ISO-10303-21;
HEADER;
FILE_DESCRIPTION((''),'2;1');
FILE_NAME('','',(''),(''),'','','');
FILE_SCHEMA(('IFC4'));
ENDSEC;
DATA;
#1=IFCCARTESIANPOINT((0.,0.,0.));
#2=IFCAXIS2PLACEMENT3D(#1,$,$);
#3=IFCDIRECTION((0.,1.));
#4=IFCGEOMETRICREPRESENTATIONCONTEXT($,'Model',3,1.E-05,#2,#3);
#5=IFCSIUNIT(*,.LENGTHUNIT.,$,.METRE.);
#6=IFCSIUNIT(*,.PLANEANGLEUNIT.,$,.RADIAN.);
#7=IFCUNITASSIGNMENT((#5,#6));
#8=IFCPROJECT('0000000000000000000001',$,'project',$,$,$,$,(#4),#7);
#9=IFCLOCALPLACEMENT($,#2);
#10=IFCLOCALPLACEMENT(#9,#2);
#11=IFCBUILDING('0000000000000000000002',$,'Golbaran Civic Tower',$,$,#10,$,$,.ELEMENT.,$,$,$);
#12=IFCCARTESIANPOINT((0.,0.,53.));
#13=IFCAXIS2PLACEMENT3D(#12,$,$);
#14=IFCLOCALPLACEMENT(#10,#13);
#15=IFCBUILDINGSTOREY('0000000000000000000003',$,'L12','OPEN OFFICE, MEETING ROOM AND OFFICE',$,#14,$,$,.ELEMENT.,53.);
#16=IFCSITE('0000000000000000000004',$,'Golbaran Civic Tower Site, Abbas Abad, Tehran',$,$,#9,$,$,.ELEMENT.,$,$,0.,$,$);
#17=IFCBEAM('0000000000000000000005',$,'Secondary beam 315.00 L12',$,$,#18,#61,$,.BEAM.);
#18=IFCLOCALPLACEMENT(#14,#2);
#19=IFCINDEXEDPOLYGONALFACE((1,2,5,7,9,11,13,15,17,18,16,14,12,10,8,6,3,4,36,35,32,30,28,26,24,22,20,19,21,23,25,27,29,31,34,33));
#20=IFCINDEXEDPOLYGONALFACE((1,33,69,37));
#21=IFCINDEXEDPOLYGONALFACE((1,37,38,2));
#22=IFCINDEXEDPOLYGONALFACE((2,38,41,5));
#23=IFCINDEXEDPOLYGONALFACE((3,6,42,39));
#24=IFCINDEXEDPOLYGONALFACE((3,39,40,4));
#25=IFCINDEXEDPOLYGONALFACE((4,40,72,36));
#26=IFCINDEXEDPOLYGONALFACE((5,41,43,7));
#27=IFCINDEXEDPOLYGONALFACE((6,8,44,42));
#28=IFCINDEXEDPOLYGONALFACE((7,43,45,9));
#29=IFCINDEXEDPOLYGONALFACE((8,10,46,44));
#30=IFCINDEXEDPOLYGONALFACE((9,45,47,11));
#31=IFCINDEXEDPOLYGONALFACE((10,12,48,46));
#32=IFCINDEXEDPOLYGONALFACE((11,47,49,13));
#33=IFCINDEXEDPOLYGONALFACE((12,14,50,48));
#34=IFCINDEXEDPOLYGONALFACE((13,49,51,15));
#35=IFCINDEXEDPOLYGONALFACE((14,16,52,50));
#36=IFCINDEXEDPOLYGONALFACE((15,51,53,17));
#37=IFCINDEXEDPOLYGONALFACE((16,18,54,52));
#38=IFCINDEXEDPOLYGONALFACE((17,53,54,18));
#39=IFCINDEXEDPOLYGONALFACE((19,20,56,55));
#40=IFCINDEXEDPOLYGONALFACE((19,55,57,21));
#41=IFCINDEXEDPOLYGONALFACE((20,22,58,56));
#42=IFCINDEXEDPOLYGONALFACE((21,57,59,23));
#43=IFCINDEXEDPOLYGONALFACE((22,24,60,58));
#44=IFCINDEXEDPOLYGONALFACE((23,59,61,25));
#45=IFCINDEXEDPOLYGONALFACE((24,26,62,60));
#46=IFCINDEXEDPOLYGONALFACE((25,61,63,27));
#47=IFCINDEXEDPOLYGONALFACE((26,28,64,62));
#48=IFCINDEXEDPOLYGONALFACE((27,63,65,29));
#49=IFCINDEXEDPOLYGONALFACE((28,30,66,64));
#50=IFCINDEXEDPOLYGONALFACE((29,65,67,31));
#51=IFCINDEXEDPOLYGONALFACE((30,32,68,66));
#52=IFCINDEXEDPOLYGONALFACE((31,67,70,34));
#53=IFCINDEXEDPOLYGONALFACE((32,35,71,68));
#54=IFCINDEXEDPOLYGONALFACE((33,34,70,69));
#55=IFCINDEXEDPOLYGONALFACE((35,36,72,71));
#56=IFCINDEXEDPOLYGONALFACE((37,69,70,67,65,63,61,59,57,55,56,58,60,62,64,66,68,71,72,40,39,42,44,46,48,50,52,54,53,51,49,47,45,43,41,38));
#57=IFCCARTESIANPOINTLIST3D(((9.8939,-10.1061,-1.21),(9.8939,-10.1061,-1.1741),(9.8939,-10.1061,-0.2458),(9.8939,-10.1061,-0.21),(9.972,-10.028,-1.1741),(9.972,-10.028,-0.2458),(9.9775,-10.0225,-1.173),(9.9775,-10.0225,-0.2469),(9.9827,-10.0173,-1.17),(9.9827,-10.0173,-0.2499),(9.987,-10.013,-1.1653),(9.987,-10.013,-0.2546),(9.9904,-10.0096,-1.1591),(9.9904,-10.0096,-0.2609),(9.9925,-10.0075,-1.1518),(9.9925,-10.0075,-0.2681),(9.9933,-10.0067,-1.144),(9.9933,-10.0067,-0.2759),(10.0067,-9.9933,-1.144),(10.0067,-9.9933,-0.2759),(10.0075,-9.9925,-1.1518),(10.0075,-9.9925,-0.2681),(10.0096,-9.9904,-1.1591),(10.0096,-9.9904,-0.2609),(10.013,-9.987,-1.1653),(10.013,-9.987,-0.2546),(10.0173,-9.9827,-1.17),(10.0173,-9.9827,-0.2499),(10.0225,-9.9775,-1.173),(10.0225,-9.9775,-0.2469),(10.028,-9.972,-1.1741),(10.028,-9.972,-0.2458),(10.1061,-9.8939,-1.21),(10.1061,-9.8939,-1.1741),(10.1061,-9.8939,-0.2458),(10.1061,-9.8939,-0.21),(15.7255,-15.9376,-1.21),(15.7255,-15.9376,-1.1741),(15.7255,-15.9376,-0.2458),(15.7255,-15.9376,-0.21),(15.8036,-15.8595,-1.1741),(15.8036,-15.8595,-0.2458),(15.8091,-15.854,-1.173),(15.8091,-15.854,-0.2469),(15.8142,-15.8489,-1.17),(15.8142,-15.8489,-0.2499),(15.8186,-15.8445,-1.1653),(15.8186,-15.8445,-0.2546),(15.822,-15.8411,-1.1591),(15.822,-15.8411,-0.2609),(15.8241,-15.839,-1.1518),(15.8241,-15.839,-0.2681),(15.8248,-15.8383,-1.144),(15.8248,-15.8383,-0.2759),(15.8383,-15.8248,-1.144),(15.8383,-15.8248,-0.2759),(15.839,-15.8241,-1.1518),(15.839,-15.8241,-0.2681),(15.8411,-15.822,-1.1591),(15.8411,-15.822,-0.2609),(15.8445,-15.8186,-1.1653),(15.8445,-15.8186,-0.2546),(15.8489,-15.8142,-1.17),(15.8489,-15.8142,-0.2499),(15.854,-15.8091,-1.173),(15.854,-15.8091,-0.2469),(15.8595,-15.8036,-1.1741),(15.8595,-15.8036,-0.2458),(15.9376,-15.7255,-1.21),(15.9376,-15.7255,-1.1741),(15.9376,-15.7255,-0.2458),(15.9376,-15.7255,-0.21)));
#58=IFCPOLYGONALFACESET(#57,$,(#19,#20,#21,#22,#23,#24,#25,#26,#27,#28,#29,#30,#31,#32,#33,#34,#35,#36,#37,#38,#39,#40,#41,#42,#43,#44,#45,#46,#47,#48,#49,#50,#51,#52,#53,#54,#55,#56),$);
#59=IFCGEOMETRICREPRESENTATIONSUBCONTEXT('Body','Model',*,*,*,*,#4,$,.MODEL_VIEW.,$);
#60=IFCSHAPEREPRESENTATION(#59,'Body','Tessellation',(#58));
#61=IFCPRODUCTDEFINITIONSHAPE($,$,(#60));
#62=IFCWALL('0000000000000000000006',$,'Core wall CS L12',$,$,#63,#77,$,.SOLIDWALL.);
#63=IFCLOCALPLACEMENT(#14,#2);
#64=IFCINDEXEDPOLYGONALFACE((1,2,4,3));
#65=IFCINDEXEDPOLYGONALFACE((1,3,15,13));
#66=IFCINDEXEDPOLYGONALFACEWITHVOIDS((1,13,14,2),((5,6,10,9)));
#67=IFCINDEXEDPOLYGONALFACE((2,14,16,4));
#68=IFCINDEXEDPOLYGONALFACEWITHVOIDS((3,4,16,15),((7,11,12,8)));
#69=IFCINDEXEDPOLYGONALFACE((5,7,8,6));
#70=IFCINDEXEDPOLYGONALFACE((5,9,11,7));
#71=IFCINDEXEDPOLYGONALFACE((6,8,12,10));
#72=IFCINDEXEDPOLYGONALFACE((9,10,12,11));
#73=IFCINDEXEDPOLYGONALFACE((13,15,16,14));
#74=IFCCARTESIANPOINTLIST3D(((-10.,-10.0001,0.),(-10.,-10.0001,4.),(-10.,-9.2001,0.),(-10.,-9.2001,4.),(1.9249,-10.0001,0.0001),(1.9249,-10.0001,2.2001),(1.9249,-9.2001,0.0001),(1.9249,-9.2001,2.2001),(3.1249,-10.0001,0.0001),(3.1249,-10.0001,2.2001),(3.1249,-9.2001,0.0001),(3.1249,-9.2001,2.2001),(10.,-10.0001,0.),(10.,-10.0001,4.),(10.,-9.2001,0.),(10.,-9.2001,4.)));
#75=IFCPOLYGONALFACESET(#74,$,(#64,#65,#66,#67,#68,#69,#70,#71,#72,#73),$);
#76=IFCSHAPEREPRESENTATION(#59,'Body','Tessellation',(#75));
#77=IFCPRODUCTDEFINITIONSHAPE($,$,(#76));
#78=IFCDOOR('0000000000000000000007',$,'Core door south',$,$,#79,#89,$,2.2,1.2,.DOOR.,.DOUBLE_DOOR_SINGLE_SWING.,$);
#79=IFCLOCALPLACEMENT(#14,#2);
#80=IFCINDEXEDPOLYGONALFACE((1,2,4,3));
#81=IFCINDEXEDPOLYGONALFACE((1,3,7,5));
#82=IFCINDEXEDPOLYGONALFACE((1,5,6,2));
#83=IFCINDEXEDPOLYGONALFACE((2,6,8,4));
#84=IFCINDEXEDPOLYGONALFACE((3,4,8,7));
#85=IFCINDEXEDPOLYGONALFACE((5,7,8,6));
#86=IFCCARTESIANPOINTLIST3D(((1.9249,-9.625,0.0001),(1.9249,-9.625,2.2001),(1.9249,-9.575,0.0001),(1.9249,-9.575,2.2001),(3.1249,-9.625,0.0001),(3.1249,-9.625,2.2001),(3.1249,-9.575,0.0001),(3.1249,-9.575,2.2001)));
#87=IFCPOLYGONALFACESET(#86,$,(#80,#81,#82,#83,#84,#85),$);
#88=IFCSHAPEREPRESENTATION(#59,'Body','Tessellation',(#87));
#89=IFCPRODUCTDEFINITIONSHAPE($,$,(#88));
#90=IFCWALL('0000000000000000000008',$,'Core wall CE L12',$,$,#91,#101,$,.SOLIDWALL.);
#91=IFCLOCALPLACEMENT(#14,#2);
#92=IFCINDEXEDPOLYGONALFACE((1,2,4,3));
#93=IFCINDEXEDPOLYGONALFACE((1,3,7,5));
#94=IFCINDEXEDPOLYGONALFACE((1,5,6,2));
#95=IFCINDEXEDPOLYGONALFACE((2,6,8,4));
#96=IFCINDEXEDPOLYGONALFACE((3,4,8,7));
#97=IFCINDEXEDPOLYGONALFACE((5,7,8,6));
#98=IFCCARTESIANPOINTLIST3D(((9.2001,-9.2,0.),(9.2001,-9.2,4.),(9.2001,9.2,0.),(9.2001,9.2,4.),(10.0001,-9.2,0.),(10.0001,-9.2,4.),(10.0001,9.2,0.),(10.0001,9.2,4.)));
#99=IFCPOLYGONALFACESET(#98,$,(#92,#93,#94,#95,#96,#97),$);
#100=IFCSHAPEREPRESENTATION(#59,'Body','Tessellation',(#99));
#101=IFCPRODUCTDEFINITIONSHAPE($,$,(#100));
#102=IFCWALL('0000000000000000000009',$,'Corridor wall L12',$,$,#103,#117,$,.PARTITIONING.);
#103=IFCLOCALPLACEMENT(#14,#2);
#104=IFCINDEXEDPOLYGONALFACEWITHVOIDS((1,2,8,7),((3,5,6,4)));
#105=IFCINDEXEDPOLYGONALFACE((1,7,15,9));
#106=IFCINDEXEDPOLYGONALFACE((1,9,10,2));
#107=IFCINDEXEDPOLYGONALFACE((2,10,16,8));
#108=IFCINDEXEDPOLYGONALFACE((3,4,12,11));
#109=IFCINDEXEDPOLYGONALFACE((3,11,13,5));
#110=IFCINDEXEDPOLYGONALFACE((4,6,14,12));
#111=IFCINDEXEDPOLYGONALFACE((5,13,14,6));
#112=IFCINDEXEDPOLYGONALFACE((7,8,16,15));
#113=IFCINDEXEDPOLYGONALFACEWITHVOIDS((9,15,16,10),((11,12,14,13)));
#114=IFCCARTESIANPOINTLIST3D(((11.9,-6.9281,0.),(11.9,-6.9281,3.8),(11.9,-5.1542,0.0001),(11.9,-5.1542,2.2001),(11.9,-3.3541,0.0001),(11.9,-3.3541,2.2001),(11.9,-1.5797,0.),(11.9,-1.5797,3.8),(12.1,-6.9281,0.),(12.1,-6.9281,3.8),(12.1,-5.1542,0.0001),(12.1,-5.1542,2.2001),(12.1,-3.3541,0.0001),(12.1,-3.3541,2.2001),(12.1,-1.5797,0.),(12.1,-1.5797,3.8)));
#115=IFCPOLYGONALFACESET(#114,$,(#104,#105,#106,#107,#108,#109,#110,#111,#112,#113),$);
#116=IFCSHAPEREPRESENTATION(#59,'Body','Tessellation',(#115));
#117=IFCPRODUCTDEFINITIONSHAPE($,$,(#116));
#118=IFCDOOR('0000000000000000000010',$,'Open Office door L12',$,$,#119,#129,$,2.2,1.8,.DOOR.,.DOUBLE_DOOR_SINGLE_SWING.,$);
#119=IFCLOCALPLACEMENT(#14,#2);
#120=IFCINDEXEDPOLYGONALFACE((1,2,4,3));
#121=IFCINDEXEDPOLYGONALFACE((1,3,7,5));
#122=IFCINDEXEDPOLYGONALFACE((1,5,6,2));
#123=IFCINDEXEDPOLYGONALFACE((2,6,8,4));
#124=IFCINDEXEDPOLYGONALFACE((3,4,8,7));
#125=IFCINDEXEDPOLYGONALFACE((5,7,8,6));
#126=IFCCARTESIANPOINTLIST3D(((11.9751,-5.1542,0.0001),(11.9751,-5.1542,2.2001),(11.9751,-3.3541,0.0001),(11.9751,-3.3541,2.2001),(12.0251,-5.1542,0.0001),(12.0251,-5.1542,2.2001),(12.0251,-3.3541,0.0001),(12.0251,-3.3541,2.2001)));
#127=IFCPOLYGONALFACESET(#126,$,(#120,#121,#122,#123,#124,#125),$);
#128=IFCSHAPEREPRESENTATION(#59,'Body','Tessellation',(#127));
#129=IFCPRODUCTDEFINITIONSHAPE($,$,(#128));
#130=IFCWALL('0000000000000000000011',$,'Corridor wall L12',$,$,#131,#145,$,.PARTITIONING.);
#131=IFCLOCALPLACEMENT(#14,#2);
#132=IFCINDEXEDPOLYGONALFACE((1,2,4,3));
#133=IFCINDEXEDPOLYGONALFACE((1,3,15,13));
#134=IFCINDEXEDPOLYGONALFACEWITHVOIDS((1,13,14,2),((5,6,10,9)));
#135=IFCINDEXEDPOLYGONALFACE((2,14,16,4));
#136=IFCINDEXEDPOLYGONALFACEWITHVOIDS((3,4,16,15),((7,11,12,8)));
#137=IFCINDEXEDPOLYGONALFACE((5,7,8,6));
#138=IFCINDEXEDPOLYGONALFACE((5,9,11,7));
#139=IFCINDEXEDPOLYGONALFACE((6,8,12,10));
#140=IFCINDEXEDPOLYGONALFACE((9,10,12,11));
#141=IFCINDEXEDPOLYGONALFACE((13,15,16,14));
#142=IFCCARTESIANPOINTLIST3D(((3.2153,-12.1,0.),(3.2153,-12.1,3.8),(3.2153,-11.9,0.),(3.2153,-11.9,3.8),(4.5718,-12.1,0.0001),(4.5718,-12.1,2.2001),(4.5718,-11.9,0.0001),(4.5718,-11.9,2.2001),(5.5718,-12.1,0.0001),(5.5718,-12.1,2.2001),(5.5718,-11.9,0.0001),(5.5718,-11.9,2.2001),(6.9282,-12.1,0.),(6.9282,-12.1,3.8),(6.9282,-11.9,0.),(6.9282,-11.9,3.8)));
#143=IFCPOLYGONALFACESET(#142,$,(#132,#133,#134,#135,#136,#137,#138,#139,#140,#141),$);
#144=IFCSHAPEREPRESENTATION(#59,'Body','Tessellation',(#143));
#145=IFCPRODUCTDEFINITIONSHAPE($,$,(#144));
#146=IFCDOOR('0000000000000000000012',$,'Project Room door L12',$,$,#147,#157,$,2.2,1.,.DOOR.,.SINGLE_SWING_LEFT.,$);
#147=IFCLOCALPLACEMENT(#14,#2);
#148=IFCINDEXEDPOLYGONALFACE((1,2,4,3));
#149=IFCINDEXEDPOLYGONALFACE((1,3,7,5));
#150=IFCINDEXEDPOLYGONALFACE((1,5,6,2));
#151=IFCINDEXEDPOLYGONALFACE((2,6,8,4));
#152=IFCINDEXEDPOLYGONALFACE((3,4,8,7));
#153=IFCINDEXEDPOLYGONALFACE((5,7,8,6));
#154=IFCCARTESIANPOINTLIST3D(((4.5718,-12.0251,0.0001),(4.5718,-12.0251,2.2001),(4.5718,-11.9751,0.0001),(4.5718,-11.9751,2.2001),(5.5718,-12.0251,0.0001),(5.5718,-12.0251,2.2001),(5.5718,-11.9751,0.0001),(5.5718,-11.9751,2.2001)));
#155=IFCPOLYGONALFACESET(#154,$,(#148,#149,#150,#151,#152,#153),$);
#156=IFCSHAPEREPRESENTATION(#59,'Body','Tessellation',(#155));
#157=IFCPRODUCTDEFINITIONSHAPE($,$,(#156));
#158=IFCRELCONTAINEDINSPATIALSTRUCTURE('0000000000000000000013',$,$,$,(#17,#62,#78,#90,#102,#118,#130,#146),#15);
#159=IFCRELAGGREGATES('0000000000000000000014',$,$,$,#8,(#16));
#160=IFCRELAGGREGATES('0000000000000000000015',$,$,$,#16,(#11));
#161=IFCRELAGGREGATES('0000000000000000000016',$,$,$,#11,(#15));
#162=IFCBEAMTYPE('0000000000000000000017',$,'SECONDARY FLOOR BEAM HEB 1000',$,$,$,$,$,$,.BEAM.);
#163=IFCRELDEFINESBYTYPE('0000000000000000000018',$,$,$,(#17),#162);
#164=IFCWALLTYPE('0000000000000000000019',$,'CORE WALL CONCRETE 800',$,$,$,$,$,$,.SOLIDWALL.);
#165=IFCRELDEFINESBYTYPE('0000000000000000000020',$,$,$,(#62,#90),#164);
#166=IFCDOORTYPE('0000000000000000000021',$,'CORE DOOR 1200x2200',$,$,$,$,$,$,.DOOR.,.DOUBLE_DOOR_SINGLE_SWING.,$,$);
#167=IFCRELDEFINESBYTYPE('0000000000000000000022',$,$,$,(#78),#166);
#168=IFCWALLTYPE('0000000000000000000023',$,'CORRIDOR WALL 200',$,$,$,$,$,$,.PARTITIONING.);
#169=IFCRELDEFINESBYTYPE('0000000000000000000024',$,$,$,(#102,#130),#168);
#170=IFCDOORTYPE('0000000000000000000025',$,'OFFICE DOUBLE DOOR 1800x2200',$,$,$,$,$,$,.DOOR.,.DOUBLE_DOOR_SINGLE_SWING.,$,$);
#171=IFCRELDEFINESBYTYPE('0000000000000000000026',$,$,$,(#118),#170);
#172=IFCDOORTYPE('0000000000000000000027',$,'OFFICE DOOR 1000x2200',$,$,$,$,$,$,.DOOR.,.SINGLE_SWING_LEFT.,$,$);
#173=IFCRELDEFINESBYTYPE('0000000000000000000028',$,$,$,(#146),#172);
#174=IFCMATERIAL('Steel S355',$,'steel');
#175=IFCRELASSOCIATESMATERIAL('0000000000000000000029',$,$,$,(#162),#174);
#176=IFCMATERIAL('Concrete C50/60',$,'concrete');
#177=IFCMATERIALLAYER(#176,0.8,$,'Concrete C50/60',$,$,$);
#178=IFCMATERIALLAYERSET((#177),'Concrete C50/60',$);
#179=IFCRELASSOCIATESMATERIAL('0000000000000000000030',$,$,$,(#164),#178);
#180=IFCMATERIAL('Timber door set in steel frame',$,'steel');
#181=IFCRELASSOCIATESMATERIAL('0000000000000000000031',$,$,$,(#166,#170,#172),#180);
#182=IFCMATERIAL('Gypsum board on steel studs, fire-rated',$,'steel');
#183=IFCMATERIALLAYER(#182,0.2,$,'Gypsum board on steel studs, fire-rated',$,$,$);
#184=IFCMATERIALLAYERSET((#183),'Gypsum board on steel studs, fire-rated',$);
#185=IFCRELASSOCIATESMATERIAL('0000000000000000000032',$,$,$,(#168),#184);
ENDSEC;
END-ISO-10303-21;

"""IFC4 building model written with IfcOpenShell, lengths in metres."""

from ifc_helpers import new_model, si_unit, direction, frame, frame_2d, origin, origin_2d, place, context, subcontext, project, spatial, rectangle, i_section, extrude, material, layer, layer_set, material_profile, profile_set, type_object, element, fill, save


model = new_model("IFC4")

# Units and contexts
model_context = context("Model", 3, precision=1e-05, world=origin(), true_north=direction((0.0, 1.0)))
body_context = subcontext(model_context, "Body", "Model", "MODEL_VIEW")
ifc_project = project(units=[si_unit("LENGTHUNIT", "METRE"), si_unit("PLANEANGLEUNIT", "RADIAN")], contexts=[model_context])

# Site, building, storey
site_placement = place(None, origin())
site = spatial("IfcSite", under=ifc_project, at=site_placement, Name="Golbaran Civic Tower Site, Abbas Abad, Tehran", CompositionType="ELEMENT", RefElevation=0.0)
building_placement = place(site_placement, origin())
building = spatial("IfcBuilding", under=site, at=building_placement, Name="Golbaran Civic Tower", CompositionType="ELEMENT")
storey_placement = place(building_placement, frame((0.0, 0.0, 53.0)))
storey = spatial("IfcBuildingStorey", under=building, at=storey_placement, Name="L12", Description="OPEN OFFICE, MEETING ROOM AND OFFICE", CompositionType="ELEMENT", Elevation=53.0)

# Beam
ifc_material_1 = material(Name="Steel S355", Category="steel")
ifc_material_profile_1 = material_profile(ifc_material_1, i_section(OverallWidth=0.3, OverallDepth=1.0, WebThickness=0.019, FlangeThickness=0.0359, FilletRadius=0.03, at=origin_2d()), Name="HEB 1000")
ifc_profile_set_1 = profile_set([ifc_material_profile_1], Name="Steel S355")
beam_type_1 = type_object("IfcBeamType", Name="SECONDARY FLOOR BEAM HEB 1000", PredefinedType="BEAM", material=ifc_profile_set_1)
beam_1_placement = place(storey_placement, frame((10.0, -10.0, -0.71), z_axis=(0.707107, -0.707107, 0.0), x_axis=(0.707107, 0.707107, 0.0)))
element("IfcBeam", 1, at=beam_1_placement, inside=storey, type_object=beam_type_1, Name="Secondary beam 315.00 L12", PredefinedType="BEAM", context=body_context, shape_type="SweptSolid", body=[
    extrude(i_section(OverallWidth=0.3, OverallDepth=1.0, WebThickness=0.019, FlangeThickness=0.0359, FilletRadius=0.03, at=origin_2d()), origin(), (0.0, 0.0, 1.0), 8.2471),
])

# Wall, opening, door
ifc_material_2 = material(Name="Concrete C50/60", Category="concrete")
ifc_layer_1 = layer(ifc_material_2, 0.8, Name="Concrete C50/60")
ifc_layer_set_1 = layer_set([ifc_layer_1], Name="Concrete C50/60")
wall_type_1 = type_object("IfcWallType", Name="CORE WALL CONCRETE 800", PredefinedType="SOLIDWALL", material=ifc_layer_set_1)
wall_1_placement = place(storey_placement, frame((10.0, -9.6001, 0.0), z_axis=(0.0, 0.0, 1.0), x_axis=(-1.0, 0.0, 0.0)))
wall_1 = element("IfcWall", 2, at=wall_1_placement, inside=storey, type_object=wall_type_1, Name="Core wall CS L12", PredefinedType="SOLIDWALL", context=body_context, shape_type="SweptSolid", body=[
    extrude(rectangle(XDim=20.0, YDim=0.8, at=frame_2d((10.0, 0.0))), origin(), (0.0, 0.0, 1.0), 4.0),
])
opening_1_placement = place(wall_1_placement, frame((6.875, 0.0, 0.0)))
opening_1 = element("IfcOpeningElement", 3, at=opening_1_placement, cuts=wall_1, PredefinedType="OPENING", context=body_context, shape_type="SweptSolid", body=[
    extrude(rectangle(XDim=1.2, YDim=2.2, at=frame_2d((0.6001, 1.1001))), frame((0.0, 0.4099, 0.0), z_axis=(0.0, -1.0, 0.0), x_axis=(1.0, 0.0, 0.0)), (0.0, 0.0, 1.0), 0.8201),
])
ifc_material_3 = material(Name="Timber door set in steel frame", Category="steel")
door_type_1 = type_object("IfcDoorType", Name="CORE DOOR 1200x2200", OperationType="DOUBLE_DOOR_SINGLE_SWING", PredefinedType="DOOR", material=ifc_material_3)
door_1_placement = place(opening_1_placement, origin())
door_1 = element("IfcDoor", 4, at=door_1_placement, inside=storey, type_object=door_type_1, Name="Core door south", OperationType="DOUBLE_DOOR_SINGLE_SWING", OverallHeight=2.2, OverallWidth=1.2, PredefinedType="DOOR", context=body_context, shape_type="SweptSolid", body=[
    extrude(rectangle(XDim=1.2, YDim=2.2, at=frame_2d((0.6001, 1.1001))), frame((0.0, 0.0249, 0.0), z_axis=(0.0, -1.0, 0.0), x_axis=(1.0, 0.0, 0.0)), (0.0, 0.0, 1.0), 0.05),
])
fill(opening_1, door_1)

# Wall
wall_2_placement = place(storey_placement, frame((9.6001, -9.2, 0.0), z_axis=(0.0, 0.0, 1.0), x_axis=(0.0, 1.0, 0.0)))
element("IfcWall", 5, at=wall_2_placement, inside=storey, type_object=wall_type_1, Name="Core wall CE L12", PredefinedType="SOLIDWALL", context=body_context, shape_type="SweptSolid", body=[
    extrude(rectangle(XDim=18.3999, YDim=0.8, at=frame_2d((9.2, 0.0))), origin(), (0.0, 0.0, 1.0), 4.0),
])

# Walls, openings, doors
ifc_material_4 = material(Name="Gypsum board on steel studs, fire-rated", Category="steel")
ifc_layer_2 = layer(ifc_material_4, 0.2, Name="Gypsum board on steel studs, fire-rated")
ifc_layer_set_2 = layer_set([ifc_layer_2], Name="Gypsum board on steel studs, fire-rated")
wall_type_2 = type_object("IfcWallType", Name="CORRIDOR WALL 200", PredefinedType="PARTITIONING", material=ifc_layer_set_2)
wall_3_placement = place(storey_placement, frame((12.0, -6.9282, 0.0), z_axis=(0.0, 0.0, 1.0), x_axis=(0.0, 1.0, 0.0)))
wall_3 = element("IfcWall", 6, at=wall_3_placement, inside=storey, type_object=wall_type_2, Name="Corridor wall L12", PredefinedType="PARTITIONING", context=body_context, shape_type="SweptSolid", body=[
    extrude(rectangle(XDim=5.3484, YDim=0.2, at=frame_2d((2.6743, 0.0))), origin(), (0.0, 0.0, 1.0), 3.8),
])
opening_2_placement = place(wall_3_placement, frame((1.7742, 0.0, 0.0)))
opening_2 = element("IfcOpeningElement", 7, at=opening_2_placement, cuts=wall_3, PredefinedType="OPENING", context=body_context, shape_type="SweptSolid", body=[
    extrude(rectangle(XDim=1.8, YDim=2.2, at=frame_2d((0.8999, 1.1001))), frame((0.0, 0.1099, 0.0), z_axis=(0.0, -1.0, 0.0), x_axis=(1.0, 0.0, 0.0)), (0.0, 0.0, 1.0), 0.22),
])
door_type_2 = type_object("IfcDoorType", Name="OFFICE DOUBLE DOOR 1800x2200", OperationType="DOUBLE_DOOR_SINGLE_SWING", PredefinedType="DOOR", material=ifc_material_3)
door_2_placement = place(opening_2_placement, origin())
door_2 = element("IfcDoor", 8, at=door_2_placement, inside=storey, type_object=door_type_2, Name="Open Office door L12", OperationType="DOUBLE_DOOR_SINGLE_SWING", OverallHeight=2.2, OverallWidth=1.8, PredefinedType="DOOR", context=body_context, shape_type="SweptSolid", body=[
    extrude(rectangle(XDim=1.8, YDim=2.2, at=frame_2d((0.8999, 1.1001))), frame((0.0, 0.0249, 0.0), z_axis=(0.0, -1.0, 0.0), x_axis=(1.0, 0.0, 0.0)), (0.0, 0.0, 1.0), 0.05),
])
fill(opening_2, door_2)
wall_4_placement = place(storey_placement, frame((3.2153, -12.0, 0.0), z_axis=(0.0, 0.0, 1.0), x_axis=(1.0, 0.0, 0.0)))
wall_4 = element("IfcWall", 9, at=wall_4_placement, inside=storey, type_object=wall_type_2, Name="Corridor wall L12", PredefinedType="PARTITIONING", context=body_context, shape_type="SweptSolid", body=[
    extrude(rectangle(XDim=3.7129, YDim=0.2, at=frame_2d((1.8564, 0.0))), origin(), (0.0, 0.0, 1.0), 3.8),
])
opening_3_placement = place(wall_4_placement, frame((1.3564, 0.0, 0.0)))
opening_3 = element("IfcOpeningElement", 10, at=opening_3_placement, cuts=wall_4, PredefinedType="OPENING", context=body_context, shape_type="SweptSolid", body=[
    extrude(rectangle(XDim=1.0, YDim=2.2, at=frame_2d((0.5, 1.1001))), frame((0.0, 0.1099, 0.0), z_axis=(0.0, -1.0, 0.0), x_axis=(1.0, 0.0, 0.0)), (0.0, 0.0, 1.0), 0.22),
])
door_type_3 = type_object("IfcDoorType", Name="OFFICE DOOR 1000x2200", OperationType="SINGLE_SWING_LEFT", PredefinedType="DOOR", material=ifc_material_3)
door_3_placement = place(opening_3_placement, origin())
door_3 = element("IfcDoor", 11, at=door_3_placement, inside=storey, type_object=door_type_3, Name="Project Room door L12", OperationType="SINGLE_SWING_LEFT", OverallHeight=2.2, OverallWidth=1.0, PredefinedType="DOOR", context=body_context, shape_type="SweptSolid", body=[
    extrude(rectangle(XDim=1.0, YDim=2.2, at=frame_2d((0.5, 1.1001))), frame((0.0, 0.0249, 0.0), z_axis=(0.0, -1.0, 0.0), x_axis=(1.0, 0.0, 0.0)), (0.0, 0.0, 1.0), 0.05),
])
fill(opening_3, door_3)

save(model, "model.ifc")
